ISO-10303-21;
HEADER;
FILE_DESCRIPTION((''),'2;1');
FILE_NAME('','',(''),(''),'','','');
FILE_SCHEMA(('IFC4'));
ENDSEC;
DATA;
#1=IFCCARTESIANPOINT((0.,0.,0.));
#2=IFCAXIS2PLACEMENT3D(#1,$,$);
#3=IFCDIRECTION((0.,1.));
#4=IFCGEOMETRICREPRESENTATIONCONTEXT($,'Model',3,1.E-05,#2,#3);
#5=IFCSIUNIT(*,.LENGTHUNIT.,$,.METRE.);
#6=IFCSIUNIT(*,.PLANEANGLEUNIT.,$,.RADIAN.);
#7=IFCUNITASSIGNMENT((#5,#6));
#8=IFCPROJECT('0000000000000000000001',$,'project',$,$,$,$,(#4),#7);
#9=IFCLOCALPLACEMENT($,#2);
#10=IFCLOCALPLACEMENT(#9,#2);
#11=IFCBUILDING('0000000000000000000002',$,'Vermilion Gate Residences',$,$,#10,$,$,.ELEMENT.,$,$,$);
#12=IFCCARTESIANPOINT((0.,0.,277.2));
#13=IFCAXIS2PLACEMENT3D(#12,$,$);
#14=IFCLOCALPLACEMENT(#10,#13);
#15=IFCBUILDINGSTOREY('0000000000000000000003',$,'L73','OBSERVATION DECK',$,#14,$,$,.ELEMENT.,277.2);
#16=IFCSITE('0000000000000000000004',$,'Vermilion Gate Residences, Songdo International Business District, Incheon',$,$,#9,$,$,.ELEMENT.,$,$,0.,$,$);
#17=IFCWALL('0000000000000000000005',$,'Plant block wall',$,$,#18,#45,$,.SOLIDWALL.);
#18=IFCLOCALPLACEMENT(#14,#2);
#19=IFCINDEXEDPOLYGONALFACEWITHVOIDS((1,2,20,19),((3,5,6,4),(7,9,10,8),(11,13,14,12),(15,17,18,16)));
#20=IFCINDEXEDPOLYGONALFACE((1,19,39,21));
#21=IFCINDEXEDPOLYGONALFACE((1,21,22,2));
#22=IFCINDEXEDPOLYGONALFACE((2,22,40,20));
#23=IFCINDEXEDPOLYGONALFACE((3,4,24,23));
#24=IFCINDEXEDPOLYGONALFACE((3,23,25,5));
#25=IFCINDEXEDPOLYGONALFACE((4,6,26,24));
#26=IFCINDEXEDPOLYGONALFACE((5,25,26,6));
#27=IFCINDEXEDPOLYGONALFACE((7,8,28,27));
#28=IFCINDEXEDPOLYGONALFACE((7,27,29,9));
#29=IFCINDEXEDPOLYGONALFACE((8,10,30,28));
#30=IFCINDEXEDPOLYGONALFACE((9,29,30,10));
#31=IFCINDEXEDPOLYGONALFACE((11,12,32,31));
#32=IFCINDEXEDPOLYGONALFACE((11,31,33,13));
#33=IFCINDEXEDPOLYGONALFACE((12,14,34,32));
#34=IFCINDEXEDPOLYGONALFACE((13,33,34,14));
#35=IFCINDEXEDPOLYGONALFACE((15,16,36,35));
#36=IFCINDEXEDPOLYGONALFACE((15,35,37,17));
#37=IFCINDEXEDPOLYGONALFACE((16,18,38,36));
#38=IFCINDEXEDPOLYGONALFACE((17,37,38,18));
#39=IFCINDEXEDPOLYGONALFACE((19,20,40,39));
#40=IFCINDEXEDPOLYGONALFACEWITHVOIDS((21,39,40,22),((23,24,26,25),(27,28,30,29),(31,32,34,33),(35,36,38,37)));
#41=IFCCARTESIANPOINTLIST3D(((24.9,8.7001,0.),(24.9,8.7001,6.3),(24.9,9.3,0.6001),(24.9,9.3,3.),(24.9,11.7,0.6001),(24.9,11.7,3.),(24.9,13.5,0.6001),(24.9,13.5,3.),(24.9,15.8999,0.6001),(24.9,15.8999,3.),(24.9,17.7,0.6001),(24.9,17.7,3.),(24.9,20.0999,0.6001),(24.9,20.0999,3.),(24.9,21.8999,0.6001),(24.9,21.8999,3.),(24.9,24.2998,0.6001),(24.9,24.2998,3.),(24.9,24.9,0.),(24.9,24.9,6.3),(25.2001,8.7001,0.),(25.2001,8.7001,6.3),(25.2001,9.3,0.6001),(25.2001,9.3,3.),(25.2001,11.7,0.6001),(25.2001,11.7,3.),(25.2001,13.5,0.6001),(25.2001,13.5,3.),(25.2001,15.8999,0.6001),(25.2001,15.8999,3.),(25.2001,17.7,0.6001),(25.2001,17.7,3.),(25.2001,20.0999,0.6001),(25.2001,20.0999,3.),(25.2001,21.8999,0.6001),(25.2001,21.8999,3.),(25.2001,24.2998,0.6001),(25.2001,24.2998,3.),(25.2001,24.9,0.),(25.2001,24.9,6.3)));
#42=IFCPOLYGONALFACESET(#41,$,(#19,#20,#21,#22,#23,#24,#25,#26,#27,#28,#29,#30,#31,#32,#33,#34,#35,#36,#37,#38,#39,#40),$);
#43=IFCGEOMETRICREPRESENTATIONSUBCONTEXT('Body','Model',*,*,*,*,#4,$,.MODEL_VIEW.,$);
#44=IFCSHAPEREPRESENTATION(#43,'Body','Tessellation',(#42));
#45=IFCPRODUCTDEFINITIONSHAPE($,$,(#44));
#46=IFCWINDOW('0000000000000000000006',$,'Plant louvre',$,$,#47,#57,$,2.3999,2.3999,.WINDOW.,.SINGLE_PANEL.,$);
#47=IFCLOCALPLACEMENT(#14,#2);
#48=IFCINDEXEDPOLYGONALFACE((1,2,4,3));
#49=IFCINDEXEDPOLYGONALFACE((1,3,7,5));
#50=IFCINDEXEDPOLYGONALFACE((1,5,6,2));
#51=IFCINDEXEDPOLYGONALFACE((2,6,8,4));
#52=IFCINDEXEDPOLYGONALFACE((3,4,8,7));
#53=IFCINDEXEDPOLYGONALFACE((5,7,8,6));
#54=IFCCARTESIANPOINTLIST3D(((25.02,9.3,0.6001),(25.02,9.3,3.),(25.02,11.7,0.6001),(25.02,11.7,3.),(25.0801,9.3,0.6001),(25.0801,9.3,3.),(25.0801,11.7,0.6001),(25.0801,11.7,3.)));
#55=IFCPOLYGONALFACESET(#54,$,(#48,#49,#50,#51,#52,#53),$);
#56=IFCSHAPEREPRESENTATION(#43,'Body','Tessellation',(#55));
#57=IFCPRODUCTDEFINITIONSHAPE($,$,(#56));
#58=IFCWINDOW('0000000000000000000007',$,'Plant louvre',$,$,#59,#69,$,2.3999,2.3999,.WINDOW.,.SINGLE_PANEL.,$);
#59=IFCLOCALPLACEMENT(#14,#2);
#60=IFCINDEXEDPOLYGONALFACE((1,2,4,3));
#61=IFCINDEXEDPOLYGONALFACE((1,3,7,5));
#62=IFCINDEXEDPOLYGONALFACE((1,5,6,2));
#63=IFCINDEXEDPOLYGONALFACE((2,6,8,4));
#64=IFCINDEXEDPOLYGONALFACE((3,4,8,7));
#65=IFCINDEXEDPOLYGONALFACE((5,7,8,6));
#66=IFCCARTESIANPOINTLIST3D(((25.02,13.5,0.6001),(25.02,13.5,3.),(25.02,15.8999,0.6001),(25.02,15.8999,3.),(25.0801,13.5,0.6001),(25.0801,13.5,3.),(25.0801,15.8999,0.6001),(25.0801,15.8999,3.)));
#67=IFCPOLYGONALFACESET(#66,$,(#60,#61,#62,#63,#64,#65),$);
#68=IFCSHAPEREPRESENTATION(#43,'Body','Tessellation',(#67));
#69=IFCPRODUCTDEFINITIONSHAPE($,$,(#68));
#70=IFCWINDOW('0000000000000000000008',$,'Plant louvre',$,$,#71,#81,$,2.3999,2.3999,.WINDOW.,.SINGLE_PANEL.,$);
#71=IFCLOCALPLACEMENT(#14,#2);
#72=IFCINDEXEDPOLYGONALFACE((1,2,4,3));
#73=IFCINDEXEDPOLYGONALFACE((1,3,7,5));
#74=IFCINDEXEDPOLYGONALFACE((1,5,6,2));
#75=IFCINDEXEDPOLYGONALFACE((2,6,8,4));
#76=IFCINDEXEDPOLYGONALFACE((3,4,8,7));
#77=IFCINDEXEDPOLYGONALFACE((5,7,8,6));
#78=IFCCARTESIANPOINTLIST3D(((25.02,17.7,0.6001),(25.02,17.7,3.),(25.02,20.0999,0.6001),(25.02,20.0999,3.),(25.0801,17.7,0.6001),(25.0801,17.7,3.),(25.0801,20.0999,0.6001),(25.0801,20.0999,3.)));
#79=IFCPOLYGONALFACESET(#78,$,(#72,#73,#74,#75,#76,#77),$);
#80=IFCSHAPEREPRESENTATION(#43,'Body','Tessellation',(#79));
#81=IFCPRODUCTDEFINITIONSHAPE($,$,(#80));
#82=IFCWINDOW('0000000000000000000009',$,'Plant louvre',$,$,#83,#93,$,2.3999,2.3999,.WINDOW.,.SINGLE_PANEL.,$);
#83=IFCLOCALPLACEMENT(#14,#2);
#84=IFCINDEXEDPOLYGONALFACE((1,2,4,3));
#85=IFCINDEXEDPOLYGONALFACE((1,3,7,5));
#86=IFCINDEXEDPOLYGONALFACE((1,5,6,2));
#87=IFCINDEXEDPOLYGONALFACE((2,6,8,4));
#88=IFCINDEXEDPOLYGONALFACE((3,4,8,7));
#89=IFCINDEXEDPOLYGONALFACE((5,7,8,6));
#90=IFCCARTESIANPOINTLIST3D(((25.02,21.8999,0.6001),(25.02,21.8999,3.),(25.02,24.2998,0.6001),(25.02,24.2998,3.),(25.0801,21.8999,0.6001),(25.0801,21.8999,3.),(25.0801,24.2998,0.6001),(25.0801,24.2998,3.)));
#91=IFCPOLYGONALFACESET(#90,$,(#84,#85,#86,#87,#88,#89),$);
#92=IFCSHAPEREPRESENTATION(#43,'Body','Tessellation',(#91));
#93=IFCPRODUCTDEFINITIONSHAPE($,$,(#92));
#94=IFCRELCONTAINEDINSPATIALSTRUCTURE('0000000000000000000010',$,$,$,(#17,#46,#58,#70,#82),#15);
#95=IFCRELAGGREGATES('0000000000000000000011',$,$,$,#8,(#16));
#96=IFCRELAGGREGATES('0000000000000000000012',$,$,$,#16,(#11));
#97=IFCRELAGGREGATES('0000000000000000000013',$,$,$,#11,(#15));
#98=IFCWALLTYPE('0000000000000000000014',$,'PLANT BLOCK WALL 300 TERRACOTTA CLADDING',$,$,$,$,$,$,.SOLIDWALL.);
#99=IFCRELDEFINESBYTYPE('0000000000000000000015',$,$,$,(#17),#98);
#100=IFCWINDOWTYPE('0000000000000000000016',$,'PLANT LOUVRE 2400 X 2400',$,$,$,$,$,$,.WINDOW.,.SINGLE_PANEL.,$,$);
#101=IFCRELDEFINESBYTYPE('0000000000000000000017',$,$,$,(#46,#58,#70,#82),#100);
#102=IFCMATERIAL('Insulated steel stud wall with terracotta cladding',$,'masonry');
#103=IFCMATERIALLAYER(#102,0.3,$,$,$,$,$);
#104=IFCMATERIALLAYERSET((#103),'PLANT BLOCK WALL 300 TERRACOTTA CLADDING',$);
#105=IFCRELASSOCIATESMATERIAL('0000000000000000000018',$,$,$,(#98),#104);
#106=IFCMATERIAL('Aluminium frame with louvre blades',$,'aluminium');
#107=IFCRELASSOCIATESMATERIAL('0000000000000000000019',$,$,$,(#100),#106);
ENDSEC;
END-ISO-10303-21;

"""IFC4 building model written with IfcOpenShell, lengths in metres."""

from ifc_helpers import new_model, si_unit, direction, frame, frame_2d, origin, place, context, subcontext, project, spatial, rectangle, extrude, material, layer, layer_set, type_object, element, fill, save


model = new_model("IFC4")

# Units and contexts
model_context = context("Model", 3, precision=1e-05, world=origin(), true_north=direction((0.0, 1.0)))
body_context = subcontext(model_context, "Body", "Model", "MODEL_VIEW")
ifc_project = project(units=[si_unit("LENGTHUNIT", "METRE"), si_unit("PLANEANGLEUNIT", "RADIAN")], contexts=[model_context])

# Site, building, storey
site_placement = place(None, origin())
site = spatial("IfcSite", under=ifc_project, at=site_placement, Name="Vermilion Gate Residences, Songdo International Business District, Incheon", CompositionType="ELEMENT", RefElevation=0.0)
building_placement = place(site_placement, origin())
building = spatial("IfcBuilding", under=site, at=building_placement, Name="Vermilion Gate Residences", CompositionType="ELEMENT")
storey_placement = place(building_placement, frame((0.0, 0.0, 277.2)))
storey = spatial("IfcBuildingStorey", under=building, at=storey_placement, Name="L73", Description="OBSERVATION DECK", CompositionType="ELEMENT", Elevation=277.2)

# Wall, openings, windows
ifc_material_1 = material(Name="Insulated steel stud wall with terracotta cladding", Category="masonry")
ifc_layer_1 = layer(ifc_material_1, 0.3)
ifc_layer_set_1 = layer_set([ifc_layer_1], Name="PLANT BLOCK WALL 300 TERRACOTTA CLADDING")
wall_type_1 = type_object("IfcWallType", Name="PLANT BLOCK WALL 300 TERRACOTTA CLADDING", PredefinedType="SOLIDWALL", material=ifc_layer_set_1)
wall_1_placement = place(storey_placement, frame((25.05, 8.7, 0.0), z_axis=(0.0, 0.0, 1.0), x_axis=(0.0, 1.0, 0.0)))
wall_1 = element("IfcWall", 1, at=wall_1_placement, inside=storey, type_object=wall_type_1, Name="Plant block wall", PredefinedType="SOLIDWALL", context=body_context, shape_type="SweptSolid", body=[
    extrude(rectangle(XDim=16.2, YDim=0.3, at=frame_2d((8.1001, 0.0))), origin(), (0.0, 0.0, 1.0), 6.3),
])
opening_1_placement = place(wall_1_placement, frame((0.6001, 0.0, 0.6001)))
opening_1 = element("IfcOpeningElement", 2, at=opening_1_placement, cuts=wall_1, PredefinedType="OPENING", context=body_context, shape_type="SweptSolid", body=[
    extrude(rectangle(XDim=2.3999, YDim=2.3999, at=frame_2d((1.2, 1.2))), frame((0.0, 0.1599, 0.0), z_axis=(0.0, -1.0, 0.0), x_axis=(1.0, 0.0, 0.0)), (0.0, 0.0, 1.0), 0.3201),
])
opening_2_placement = place(wall_1_placement, frame((4.8, 0.0, 0.6001)))
opening_2 = element("IfcOpeningElement", 3, at=opening_2_placement, cuts=wall_1, PredefinedType="OPENING", context=body_context, shape_type="SweptSolid", body=[
    extrude(rectangle(XDim=2.3999, YDim=2.3999, at=frame_2d((1.2, 1.2))), frame((0.0, 0.1599, 0.0), z_axis=(0.0, -1.0, 0.0), x_axis=(1.0, 0.0, 0.0)), (0.0, 0.0, 1.0), 0.3201),
])
opening_3_placement = place(wall_1_placement, frame((9.0, 0.0, 0.6001)))
opening_3 = element("IfcOpeningElement", 4, at=opening_3_placement, cuts=wall_1, PredefinedType="OPENING", context=body_context, shape_type="SweptSolid", body=[
    extrude(rectangle(XDim=2.3999, YDim=2.3999, at=frame_2d((1.2, 1.2))), frame((0.0, 0.1599, 0.0), z_axis=(0.0, -1.0, 0.0), x_axis=(1.0, 0.0, 0.0)), (0.0, 0.0, 1.0), 0.3201),
])
opening_4_placement = place(wall_1_placement, frame((13.2, 0.0, 0.6001)))
opening_4 = element("IfcOpeningElement", 5, at=opening_4_placement, cuts=wall_1, PredefinedType="OPENING", context=body_context, shape_type="SweptSolid", body=[
    extrude(rectangle(XDim=2.3999, YDim=2.3999, at=frame_2d((1.2, 1.2))), frame((0.0, 0.1599, 0.0), z_axis=(0.0, -1.0, 0.0), x_axis=(1.0, 0.0, 0.0)), (0.0, 0.0, 1.0), 0.3201),
])
ifc_material_2 = material(Name="Aluminium frame with louvre blades", Category="aluminium")
window_type = type_object("IfcWindowType", Name="PLANT LOUVRE 2400 X 2400", PartitioningType="SINGLE_PANEL", PredefinedType="WINDOW", material=ifc_material_2)
window_1_placement = place(opening_1_placement, origin())
window_1 = element("IfcWindow", 6, at=window_1_placement, inside=storey, type_object=window_type, Name="Plant louvre", OverallHeight=2.3999, OverallWidth=2.3999, PartitioningType="SINGLE_PANEL", PredefinedType="WINDOW", context=body_context, shape_type="SweptSolid", body=[
    extrude(rectangle(XDim=2.3999, YDim=2.3999, at=frame_2d((1.2, 1.2))), frame((0.0, 0.03, 0.0), z_axis=(0.0, -1.0, 0.0), x_axis=(1.0, 0.0, 0.0)), (0.0, 0.0, 1.0), 0.0601),
])
fill(opening_1, window_1)
window_2_placement = place(opening_2_placement, origin())
window_2 = element("IfcWindow", 7, at=window_2_placement, inside=storey, type_object=window_type, Name="Plant louvre", OverallHeight=2.3999, OverallWidth=2.3999, PartitioningType="SINGLE_PANEL", PredefinedType="WINDOW", context=body_context, shape_type="SweptSolid", body=[
    extrude(rectangle(XDim=2.3999, YDim=2.3999, at=frame_2d((1.2, 1.2))), frame((0.0, 0.03, 0.0), z_axis=(0.0, -1.0, 0.0), x_axis=(1.0, 0.0, 0.0)), (0.0, 0.0, 1.0), 0.0601),
])
fill(opening_2, window_2)
window_3_placement = place(opening_3_placement, origin())
window_3 = element("IfcWindow", 8, at=window_3_placement, inside=storey, type_object=window_type, Name="Plant louvre", OverallHeight=2.3999, OverallWidth=2.3999, PartitioningType="SINGLE_PANEL", PredefinedType="WINDOW", context=body_context, shape_type="SweptSolid", body=[
    extrude(rectangle(XDim=2.3999, YDim=2.3999, at=frame_2d((1.2, 1.2))), frame((0.0, 0.03, 0.0), z_axis=(0.0, -1.0, 0.0), x_axis=(1.0, 0.0, 0.0)), (0.0, 0.0, 1.0), 0.0601),
])
fill(opening_3, window_3)
window_4_placement = place(opening_4_placement, origin())
window_4 = element("IfcWindow", 9, at=window_4_placement, inside=storey, type_object=window_type, Name="Plant louvre", OverallHeight=2.3999, OverallWidth=2.3999, PartitioningType="SINGLE_PANEL", PredefinedType="WINDOW", context=body_context, shape_type="SweptSolid", body=[
    extrude(rectangle(XDim=2.3999, YDim=2.3999, at=frame_2d((1.2, 1.2))), frame((0.0, 0.03, 0.0), z_axis=(0.0, -1.0, 0.0), x_axis=(1.0, 0.0, 0.0)), (0.0, 0.0, 1.0), 0.0601),
])
fill(opening_4, window_4)

save(model, "model.ifc")
